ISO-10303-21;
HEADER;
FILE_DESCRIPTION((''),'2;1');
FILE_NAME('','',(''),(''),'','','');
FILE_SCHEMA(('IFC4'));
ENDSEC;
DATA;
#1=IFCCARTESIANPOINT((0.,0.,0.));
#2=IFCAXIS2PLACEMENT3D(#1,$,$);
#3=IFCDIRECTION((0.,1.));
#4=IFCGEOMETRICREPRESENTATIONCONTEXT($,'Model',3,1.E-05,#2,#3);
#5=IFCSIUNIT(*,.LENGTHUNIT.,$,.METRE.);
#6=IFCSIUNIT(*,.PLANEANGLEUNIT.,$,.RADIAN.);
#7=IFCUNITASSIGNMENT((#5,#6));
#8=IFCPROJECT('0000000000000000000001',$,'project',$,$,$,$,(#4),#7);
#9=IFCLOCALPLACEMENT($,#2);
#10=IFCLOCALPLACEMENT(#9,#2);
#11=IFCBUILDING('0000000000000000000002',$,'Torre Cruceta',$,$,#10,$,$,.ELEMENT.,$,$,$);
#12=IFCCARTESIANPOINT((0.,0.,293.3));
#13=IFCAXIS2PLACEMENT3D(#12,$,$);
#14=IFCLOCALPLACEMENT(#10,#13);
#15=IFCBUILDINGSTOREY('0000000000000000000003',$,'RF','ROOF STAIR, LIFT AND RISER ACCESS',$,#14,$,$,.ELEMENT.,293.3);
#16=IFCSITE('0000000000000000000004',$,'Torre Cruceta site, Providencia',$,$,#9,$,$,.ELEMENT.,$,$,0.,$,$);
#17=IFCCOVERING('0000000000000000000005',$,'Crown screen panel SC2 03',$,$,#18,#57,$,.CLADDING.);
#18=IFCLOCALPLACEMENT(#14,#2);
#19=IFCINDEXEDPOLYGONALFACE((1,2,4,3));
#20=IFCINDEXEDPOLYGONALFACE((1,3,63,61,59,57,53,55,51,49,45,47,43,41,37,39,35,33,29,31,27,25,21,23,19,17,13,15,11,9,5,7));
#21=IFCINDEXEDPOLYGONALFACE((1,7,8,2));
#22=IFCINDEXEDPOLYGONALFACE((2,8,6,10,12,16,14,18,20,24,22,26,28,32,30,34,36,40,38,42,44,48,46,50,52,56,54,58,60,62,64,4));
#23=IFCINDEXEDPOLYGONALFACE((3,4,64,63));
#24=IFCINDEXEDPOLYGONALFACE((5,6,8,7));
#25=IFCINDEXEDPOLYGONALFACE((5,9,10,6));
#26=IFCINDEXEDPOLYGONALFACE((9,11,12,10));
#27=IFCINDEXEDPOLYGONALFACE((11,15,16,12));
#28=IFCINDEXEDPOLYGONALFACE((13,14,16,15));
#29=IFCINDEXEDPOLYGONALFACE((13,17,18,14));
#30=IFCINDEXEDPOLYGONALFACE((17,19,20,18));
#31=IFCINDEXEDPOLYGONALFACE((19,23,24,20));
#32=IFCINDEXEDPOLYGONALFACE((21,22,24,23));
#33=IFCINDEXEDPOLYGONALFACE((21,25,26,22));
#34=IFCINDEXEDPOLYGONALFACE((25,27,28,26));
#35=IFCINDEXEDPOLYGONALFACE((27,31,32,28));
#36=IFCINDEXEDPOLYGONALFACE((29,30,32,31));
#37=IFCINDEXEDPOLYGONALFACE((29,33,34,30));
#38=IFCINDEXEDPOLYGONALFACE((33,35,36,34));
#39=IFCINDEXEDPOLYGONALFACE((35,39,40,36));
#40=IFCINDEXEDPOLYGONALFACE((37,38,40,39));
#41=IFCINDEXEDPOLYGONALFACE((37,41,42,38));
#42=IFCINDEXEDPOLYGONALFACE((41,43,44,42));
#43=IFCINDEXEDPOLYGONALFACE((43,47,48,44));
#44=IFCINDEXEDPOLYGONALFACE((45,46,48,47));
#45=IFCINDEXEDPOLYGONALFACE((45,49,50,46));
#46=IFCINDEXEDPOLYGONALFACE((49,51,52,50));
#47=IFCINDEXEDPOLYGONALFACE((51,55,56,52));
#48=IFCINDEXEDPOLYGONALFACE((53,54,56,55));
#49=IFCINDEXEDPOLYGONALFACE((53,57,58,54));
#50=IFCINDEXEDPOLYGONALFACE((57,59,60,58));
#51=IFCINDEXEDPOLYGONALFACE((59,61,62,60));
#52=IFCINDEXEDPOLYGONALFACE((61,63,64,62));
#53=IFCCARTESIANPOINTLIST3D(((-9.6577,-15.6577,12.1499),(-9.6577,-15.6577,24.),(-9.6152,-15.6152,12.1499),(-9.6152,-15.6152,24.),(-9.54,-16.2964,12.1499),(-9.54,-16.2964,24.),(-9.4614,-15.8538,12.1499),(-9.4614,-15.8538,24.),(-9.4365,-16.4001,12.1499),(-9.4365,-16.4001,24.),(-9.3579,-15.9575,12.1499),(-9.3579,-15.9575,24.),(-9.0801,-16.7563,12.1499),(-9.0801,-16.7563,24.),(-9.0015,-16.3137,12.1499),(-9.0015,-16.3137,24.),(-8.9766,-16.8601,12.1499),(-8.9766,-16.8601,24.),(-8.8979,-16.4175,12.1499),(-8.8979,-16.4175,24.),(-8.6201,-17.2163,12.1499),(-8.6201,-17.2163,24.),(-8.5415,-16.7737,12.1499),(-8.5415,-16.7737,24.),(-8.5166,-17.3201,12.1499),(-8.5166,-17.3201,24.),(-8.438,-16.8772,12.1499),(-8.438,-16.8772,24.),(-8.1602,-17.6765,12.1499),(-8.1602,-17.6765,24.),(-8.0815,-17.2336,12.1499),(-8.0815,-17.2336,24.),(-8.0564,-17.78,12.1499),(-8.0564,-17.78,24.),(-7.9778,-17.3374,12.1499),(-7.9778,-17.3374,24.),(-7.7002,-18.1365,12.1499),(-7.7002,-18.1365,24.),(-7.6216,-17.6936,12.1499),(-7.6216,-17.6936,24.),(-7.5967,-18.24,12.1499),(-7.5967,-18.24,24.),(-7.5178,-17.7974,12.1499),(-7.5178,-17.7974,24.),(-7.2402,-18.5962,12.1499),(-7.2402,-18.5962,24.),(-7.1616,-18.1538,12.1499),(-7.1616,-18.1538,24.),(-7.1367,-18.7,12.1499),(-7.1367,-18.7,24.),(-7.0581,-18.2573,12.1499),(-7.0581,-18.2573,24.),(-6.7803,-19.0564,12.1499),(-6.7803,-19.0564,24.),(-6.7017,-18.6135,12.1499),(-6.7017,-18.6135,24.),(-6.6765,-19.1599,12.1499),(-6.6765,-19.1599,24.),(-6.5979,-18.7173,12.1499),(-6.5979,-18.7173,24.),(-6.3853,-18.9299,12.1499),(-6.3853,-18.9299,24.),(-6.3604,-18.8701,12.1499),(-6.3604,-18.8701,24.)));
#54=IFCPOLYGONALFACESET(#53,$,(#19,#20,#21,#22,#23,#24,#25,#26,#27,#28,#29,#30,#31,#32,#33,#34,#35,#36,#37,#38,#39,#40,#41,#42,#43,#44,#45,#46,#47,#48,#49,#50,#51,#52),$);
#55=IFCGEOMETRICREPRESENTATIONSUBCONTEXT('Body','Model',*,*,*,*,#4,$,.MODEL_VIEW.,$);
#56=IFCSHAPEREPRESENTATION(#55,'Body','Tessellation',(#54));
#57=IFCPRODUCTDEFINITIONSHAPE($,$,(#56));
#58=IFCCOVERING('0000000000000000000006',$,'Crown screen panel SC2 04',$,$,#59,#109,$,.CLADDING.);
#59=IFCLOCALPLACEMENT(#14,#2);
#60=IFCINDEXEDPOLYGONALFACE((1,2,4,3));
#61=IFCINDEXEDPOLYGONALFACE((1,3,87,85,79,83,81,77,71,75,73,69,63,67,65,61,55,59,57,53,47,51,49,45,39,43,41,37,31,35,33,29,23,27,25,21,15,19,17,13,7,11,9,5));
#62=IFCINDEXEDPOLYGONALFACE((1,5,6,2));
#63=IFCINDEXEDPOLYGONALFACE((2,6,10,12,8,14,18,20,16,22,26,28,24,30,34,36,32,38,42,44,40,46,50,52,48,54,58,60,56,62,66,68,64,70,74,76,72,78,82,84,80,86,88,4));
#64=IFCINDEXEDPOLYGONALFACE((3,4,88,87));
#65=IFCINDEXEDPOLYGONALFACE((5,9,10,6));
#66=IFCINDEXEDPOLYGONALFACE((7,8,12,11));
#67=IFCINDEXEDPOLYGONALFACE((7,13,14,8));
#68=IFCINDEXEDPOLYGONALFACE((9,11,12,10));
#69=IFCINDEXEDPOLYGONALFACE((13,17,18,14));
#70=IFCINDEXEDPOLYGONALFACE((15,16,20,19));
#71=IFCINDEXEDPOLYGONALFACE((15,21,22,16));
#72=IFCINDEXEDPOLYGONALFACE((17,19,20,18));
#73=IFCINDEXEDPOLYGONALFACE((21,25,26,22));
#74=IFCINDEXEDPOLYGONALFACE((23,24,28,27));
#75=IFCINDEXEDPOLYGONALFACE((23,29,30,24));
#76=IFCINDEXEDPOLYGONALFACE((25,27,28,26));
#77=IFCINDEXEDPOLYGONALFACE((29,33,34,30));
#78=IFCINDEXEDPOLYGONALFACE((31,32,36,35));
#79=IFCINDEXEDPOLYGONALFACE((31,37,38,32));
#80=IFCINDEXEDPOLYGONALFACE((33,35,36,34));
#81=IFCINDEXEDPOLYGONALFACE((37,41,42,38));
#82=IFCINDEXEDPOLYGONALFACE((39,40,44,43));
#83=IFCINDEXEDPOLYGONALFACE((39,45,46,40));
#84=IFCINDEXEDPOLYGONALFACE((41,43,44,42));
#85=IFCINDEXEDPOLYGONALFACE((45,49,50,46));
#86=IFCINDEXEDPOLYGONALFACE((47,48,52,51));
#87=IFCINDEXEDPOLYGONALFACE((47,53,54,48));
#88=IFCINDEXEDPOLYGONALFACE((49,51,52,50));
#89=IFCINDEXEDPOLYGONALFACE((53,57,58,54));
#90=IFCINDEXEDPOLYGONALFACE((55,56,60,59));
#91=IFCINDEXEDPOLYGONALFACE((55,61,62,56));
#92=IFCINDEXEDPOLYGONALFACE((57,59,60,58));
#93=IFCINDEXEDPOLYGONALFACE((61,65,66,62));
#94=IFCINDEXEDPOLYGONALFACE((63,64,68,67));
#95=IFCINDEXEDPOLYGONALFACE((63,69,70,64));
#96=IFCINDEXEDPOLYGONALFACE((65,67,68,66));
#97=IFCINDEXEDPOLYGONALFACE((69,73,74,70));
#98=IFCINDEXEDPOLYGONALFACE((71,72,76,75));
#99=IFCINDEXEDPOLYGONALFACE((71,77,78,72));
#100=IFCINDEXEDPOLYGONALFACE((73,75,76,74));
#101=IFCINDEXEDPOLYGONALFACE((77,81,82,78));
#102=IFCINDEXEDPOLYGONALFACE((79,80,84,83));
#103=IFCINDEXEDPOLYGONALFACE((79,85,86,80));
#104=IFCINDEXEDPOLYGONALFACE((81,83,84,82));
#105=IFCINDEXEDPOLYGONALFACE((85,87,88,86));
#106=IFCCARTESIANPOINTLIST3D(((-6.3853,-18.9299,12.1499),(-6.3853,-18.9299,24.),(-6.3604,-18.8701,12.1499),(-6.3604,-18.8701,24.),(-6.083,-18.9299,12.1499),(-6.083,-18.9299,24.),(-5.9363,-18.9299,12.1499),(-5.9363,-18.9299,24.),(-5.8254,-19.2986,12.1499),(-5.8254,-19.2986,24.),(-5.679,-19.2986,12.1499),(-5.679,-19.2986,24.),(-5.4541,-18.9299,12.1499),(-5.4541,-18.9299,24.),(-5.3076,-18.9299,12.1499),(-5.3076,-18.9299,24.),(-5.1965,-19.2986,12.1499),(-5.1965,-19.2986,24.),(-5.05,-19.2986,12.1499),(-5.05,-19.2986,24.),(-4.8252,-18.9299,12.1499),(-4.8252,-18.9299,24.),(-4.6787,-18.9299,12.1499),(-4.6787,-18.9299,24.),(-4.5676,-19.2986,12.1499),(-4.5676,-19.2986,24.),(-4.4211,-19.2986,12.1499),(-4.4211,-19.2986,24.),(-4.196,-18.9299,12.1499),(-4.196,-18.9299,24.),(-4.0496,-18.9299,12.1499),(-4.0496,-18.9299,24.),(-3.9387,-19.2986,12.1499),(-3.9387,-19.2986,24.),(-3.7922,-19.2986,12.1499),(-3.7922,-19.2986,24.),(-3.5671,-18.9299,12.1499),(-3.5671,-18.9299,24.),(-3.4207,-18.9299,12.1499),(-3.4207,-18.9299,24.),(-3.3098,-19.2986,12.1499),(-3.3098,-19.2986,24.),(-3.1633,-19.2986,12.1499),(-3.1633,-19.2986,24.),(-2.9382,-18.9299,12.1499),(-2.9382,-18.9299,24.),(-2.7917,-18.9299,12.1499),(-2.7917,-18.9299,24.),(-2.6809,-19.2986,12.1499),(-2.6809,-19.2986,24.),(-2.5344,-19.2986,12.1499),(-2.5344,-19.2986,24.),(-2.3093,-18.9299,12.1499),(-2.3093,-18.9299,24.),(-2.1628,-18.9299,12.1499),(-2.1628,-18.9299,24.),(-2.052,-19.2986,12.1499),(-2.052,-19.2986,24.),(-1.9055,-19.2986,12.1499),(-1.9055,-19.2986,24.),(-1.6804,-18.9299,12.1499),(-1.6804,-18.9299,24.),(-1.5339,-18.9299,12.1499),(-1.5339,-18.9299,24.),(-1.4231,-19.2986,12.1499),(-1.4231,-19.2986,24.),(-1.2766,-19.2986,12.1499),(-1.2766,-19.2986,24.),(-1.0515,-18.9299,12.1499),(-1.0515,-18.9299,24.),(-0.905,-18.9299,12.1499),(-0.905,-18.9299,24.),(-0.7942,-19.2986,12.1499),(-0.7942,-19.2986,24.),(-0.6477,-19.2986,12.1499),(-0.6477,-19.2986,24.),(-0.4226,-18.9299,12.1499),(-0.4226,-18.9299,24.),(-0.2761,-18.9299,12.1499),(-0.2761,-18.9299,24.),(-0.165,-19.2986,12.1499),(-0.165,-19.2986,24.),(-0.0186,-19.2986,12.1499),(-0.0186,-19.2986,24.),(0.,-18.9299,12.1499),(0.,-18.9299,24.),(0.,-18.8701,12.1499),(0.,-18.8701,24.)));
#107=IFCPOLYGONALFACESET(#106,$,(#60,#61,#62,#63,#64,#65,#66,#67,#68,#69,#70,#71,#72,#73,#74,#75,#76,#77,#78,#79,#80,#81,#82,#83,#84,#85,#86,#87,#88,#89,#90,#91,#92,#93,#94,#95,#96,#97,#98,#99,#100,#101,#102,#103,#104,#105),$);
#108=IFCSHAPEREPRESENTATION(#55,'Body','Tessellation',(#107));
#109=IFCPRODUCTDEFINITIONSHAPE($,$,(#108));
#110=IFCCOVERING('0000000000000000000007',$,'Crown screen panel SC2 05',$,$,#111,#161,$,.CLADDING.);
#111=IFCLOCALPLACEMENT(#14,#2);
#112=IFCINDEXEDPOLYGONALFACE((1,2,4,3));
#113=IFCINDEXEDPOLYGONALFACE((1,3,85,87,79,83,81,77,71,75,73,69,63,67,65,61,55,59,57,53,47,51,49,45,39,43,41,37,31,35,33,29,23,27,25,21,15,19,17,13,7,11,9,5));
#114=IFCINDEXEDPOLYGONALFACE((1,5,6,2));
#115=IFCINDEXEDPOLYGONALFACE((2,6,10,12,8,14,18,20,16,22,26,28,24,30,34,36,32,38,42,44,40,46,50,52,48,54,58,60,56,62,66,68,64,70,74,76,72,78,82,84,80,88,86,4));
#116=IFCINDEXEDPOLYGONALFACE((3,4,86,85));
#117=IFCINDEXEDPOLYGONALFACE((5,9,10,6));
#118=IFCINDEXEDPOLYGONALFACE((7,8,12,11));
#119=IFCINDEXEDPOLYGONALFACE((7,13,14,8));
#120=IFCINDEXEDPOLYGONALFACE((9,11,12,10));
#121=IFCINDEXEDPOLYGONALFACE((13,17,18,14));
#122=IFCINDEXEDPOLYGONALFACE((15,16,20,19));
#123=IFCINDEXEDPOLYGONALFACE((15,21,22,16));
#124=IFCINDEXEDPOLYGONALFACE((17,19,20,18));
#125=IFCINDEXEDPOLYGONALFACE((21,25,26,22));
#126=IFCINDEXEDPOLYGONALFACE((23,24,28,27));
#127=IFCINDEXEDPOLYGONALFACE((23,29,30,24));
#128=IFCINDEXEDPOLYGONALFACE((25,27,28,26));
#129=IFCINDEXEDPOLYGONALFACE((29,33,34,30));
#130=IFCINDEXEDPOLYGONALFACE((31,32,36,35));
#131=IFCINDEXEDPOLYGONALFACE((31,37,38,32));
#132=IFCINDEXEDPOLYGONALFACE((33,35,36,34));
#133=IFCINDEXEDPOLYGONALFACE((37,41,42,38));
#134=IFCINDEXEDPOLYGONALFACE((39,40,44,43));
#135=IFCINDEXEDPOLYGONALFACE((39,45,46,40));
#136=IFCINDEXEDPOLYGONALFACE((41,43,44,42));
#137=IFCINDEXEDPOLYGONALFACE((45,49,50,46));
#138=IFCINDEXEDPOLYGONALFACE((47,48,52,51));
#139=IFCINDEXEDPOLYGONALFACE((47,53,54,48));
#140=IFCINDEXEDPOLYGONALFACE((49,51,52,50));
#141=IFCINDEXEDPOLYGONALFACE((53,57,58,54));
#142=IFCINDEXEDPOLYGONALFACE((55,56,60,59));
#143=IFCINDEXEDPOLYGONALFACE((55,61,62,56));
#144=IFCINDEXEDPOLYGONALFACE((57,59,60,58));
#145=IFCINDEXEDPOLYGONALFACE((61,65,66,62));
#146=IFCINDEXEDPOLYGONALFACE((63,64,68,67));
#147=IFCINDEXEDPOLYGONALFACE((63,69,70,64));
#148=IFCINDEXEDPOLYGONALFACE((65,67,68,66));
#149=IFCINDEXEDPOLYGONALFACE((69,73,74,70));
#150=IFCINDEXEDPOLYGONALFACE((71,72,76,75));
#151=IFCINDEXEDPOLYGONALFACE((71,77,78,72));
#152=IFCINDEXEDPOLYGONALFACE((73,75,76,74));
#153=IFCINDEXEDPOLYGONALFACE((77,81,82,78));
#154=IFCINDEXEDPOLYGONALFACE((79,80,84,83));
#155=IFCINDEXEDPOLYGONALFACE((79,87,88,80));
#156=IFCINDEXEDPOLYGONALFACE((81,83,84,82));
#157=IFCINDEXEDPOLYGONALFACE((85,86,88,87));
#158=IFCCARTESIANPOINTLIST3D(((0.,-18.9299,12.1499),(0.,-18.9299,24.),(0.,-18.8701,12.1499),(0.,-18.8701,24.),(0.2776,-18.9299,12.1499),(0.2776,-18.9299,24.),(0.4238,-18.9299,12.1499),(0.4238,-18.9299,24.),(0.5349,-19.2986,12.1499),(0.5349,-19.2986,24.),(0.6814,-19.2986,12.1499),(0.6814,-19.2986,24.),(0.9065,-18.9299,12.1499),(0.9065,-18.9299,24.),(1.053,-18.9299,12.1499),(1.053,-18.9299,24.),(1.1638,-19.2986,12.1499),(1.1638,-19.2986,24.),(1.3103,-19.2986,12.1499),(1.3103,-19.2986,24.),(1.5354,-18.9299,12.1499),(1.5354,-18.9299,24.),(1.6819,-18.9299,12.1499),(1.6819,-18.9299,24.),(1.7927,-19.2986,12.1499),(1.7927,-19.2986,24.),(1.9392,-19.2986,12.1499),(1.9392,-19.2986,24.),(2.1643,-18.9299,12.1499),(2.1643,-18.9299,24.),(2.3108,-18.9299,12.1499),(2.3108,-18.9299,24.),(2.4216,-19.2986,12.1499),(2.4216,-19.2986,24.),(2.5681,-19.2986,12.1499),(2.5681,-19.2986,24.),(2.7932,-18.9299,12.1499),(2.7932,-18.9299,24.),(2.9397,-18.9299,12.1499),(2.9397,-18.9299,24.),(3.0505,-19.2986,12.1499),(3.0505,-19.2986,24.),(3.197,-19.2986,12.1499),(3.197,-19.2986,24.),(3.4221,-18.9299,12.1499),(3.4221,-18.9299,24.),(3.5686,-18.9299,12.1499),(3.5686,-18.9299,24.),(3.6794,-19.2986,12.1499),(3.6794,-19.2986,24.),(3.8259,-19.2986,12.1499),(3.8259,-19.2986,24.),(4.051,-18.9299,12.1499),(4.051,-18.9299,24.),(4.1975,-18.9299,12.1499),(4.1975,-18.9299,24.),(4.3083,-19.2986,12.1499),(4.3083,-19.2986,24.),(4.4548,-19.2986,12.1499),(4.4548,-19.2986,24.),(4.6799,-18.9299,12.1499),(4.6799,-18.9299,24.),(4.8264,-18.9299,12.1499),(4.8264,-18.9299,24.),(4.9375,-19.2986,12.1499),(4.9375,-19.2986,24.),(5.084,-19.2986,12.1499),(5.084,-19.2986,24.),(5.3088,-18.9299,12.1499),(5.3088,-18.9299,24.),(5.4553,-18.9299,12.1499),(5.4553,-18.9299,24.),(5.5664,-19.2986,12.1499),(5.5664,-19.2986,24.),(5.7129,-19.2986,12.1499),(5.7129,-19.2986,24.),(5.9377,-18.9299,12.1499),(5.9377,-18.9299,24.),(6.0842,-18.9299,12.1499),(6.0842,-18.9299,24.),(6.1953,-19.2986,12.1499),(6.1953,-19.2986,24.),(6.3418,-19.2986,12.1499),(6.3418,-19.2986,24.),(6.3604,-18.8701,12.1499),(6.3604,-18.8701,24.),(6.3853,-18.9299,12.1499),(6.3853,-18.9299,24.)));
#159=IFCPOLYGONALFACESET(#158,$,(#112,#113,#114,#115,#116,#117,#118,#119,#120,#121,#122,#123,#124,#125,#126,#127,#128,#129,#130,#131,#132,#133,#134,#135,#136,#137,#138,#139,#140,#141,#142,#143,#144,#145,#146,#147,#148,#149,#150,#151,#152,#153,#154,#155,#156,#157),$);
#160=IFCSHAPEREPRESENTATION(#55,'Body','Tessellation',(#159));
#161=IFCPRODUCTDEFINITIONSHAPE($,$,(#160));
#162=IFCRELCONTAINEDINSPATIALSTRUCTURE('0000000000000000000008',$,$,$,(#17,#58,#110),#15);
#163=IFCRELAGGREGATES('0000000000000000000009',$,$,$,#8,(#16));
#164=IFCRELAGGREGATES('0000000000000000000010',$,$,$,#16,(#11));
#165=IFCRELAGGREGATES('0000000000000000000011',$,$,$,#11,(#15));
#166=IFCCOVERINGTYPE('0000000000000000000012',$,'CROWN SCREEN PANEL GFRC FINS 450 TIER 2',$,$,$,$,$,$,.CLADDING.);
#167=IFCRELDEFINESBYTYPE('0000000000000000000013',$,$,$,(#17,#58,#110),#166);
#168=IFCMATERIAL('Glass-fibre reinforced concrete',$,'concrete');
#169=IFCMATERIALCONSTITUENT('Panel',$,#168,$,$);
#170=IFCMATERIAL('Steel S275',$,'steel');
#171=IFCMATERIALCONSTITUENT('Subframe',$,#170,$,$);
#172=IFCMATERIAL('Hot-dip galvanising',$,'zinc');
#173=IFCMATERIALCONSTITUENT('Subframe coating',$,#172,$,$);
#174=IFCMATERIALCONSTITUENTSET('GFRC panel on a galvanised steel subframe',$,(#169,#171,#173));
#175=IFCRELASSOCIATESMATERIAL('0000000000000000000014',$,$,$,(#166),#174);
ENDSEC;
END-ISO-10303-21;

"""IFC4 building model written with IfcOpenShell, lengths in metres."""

from ifc_helpers import new_model, si_unit, direction, frame, origin, place, context, subcontext, project, spatial, polyline, outline, extrude, material, constituent, constituent_set, type_object, element, save


model = new_model("IFC4")

# Units and contexts
model_context = context("Model", 3, precision=1e-05, world=origin(), true_north=direction((0.0, 1.0)))
body_context = subcontext(model_context, "Body", "Model", "MODEL_VIEW")
ifc_project = project(units=[si_unit("LENGTHUNIT", "METRE"), si_unit("PLANEANGLEUNIT", "RADIAN")], contexts=[model_context])

# Site, building, storey
site_placement = place(None, origin())
site = spatial("IfcSite", under=ifc_project, at=site_placement, Name="Torre Cruceta site, Providencia", CompositionType="ELEMENT", RefElevation=0.0)
building_placement = place(site_placement, origin())
building = spatial("IfcBuilding", under=site, at=building_placement, Name="Torre Cruceta", CompositionType="ELEMENT")
storey_placement = place(building_placement, frame((0.0, 0.0, 293.3)))
storey = spatial("IfcBuildingStorey", under=building, at=storey_placement, Name="RF", Description="ROOF STAIR, LIFT AND RISER ACCESS", CompositionType="ELEMENT", Elevation=293.3)

# Coverings
ifc_material_1 = material(Name="Glass-fibre reinforced concrete", Category="concrete")
ifc_constituent_1 = constituent(ifc_material_1, Name="Panel")
ifc_material_2 = material(Name="Steel S275", Category="steel")
ifc_constituent_2 = constituent(ifc_material_2, Name="Subframe")
ifc_material_3 = material(Name="Hot-dip galvanising", Category="zinc")
ifc_constituent_3 = constituent(ifc_material_3, Name="Subframe coating")
ifc_constituent_set_1 = constituent_set(constituents=[ifc_constituent_1, ifc_constituent_2, ifc_constituent_3], Name="GFRC panel on a galvanised steel subframe")
covering_type_1 = type_object("IfcCoveringType", Name="CROWN SCREEN PANEL GFRC FINS 450 TIER 2", PredefinedType="CLADDING", material=ifc_constituent_set_1)
covering_1_placement = place(storey_placement, frame((0.0, 0.0, 12.1499)))
element("IfcCovering", 1, at=covering_1_placement, inside=storey, type_object=covering_type_1, Name="Crown screen panel SC2 03", PredefinedType="CLADDING", context=body_context, shape_type="SweptSolid", body=[
    extrude(outline(polyline([(-6.6765, -19.1599), (-6.5979, -18.7173), (-6.3853, -18.9299), (-6.3604, -18.8701), (-9.6152, -15.6152), (-9.6577, -15.6577), (-9.4614, -15.8538), (-9.54, -16.2964), (-9.4365, -16.4001), (-9.3579, -15.9575), (-9.0015, -16.3137), (-9.0801, -16.7563), (-8.9766, -16.8601), (-8.8979, -16.4175), (-8.5415, -16.7737), (-8.6201, -17.2163), (-8.5166, -17.3201), (-8.438, -16.8772), (-8.0815, -17.2336), (-8.1602, -17.6765), (-8.0564, -17.78), (-7.9778, -17.3374), (-7.6216, -17.6936), (-7.7002, -18.1365), (-7.5967, -18.24), (-7.5178, -17.7974), (-7.1616, -18.1538), (-7.2402, -18.5962), (-7.1367, -18.7), (-7.0581, -18.2573), (-6.7017, -18.6135), (-6.7803, -19.0564), (-6.6765, -19.1599)])), origin(), (0.0, 0.0, 1.0), 11.8501),
])
covering_2_placement = place(storey_placement, frame((0.0, 0.0, 12.1499)))
element("IfcCovering", 2, at=covering_2_placement, inside=storey, type_object=covering_type_1, Name="Crown screen panel SC2 04", PredefinedType="CLADDING", context=body_context, shape_type="SweptSolid", body=[
    extrude(outline(polyline([(-5.679, -19.2986), (-5.9363, -18.9299), (-5.4541, -18.9299), (-5.1965, -19.2986), (-5.05, -19.2986), (-5.3076, -18.9299), (-4.8252, -18.9299), (-4.5676, -19.2986), (-4.4211, -19.2986), (-4.6787, -18.9299), (-4.196, -18.9299), (-3.9387, -19.2986), (-3.7922, -19.2986), (-4.0496, -18.9299), (-3.5671, -18.9299), (-3.3098, -19.2986), (-3.1633, -19.2986), (-3.4207, -18.9299), (-2.9382, -18.9299), (-2.6809, -19.2986), (-2.5344, -19.2986), (-2.7917, -18.9299), (-2.3093, -18.9299), (-2.052, -19.2986), (-1.9055, -19.2986), (-2.1628, -18.9299), (-1.6804, -18.9299), (-1.4231, -19.2986), (-1.2766, -19.2986), (-1.5339, -18.9299), (-1.0515, -18.9299), (-0.7942, -19.2986), (-0.6477, -19.2986), (-0.905, -18.9299), (-0.4226, -18.9299), (-0.165, -19.2986), (-0.0186, -19.2986), (-0.2761, -18.9299), (0.0, -18.9299), (0.0, -18.8701), (-6.3604, -18.8701), (-6.3853, -18.9299), (-6.083, -18.9299), (-5.8254, -19.2986), (-5.679, -19.2986)])), origin(), (0.0, 0.0, 1.0), 11.8501),
])
covering_3_placement = place(storey_placement, frame((0.0, 0.0, 12.1499)))
element("IfcCovering", 3, at=covering_3_placement, inside=storey, type_object=covering_type_1, Name="Crown screen panel SC2 05", PredefinedType="CLADDING", context=body_context, shape_type="SweptSolid", body=[
    extrude(outline(polyline([(0.6814, -19.2986), (0.4238, -18.9299), (0.9065, -18.9299), (1.1638, -19.2986), (1.3103, -19.2986), (1.053, -18.9299), (1.5354, -18.9299), (1.7927, -19.2986), (1.9392, -19.2986), (1.6819, -18.9299), (2.1643, -18.9299), (2.4216, -19.2986), (2.5681, -19.2986), (2.3108, -18.9299), (2.7932, -18.9299), (3.0505, -19.2986), (3.197, -19.2986), (2.9397, -18.9299), (3.4221, -18.9299), (3.6794, -19.2986), (3.8259, -19.2986), (3.5686, -18.9299), (4.051, -18.9299), (4.3083, -19.2986), (4.4548, -19.2986), (4.1975, -18.9299), (4.6799, -18.9299), (4.9375, -19.2986), (5.084, -19.2986), (4.8264, -18.9299), (5.3088, -18.9299), (5.5664, -19.2986), (5.7129, -19.2986), (5.4553, -18.9299), (5.9377, -18.9299), (6.1953, -19.2986), (6.3418, -19.2986), (6.0842, -18.9299), (6.3853, -18.9299), (6.3604, -18.8701), (0.0, -18.8701), (0.0, -18.9299), (0.2776, -18.9299), (0.5349, -19.2986), (0.6814, -19.2986)])), origin(), (0.0, 0.0, 1.0), 11.8501),
])

save(model, "model.ifc")
